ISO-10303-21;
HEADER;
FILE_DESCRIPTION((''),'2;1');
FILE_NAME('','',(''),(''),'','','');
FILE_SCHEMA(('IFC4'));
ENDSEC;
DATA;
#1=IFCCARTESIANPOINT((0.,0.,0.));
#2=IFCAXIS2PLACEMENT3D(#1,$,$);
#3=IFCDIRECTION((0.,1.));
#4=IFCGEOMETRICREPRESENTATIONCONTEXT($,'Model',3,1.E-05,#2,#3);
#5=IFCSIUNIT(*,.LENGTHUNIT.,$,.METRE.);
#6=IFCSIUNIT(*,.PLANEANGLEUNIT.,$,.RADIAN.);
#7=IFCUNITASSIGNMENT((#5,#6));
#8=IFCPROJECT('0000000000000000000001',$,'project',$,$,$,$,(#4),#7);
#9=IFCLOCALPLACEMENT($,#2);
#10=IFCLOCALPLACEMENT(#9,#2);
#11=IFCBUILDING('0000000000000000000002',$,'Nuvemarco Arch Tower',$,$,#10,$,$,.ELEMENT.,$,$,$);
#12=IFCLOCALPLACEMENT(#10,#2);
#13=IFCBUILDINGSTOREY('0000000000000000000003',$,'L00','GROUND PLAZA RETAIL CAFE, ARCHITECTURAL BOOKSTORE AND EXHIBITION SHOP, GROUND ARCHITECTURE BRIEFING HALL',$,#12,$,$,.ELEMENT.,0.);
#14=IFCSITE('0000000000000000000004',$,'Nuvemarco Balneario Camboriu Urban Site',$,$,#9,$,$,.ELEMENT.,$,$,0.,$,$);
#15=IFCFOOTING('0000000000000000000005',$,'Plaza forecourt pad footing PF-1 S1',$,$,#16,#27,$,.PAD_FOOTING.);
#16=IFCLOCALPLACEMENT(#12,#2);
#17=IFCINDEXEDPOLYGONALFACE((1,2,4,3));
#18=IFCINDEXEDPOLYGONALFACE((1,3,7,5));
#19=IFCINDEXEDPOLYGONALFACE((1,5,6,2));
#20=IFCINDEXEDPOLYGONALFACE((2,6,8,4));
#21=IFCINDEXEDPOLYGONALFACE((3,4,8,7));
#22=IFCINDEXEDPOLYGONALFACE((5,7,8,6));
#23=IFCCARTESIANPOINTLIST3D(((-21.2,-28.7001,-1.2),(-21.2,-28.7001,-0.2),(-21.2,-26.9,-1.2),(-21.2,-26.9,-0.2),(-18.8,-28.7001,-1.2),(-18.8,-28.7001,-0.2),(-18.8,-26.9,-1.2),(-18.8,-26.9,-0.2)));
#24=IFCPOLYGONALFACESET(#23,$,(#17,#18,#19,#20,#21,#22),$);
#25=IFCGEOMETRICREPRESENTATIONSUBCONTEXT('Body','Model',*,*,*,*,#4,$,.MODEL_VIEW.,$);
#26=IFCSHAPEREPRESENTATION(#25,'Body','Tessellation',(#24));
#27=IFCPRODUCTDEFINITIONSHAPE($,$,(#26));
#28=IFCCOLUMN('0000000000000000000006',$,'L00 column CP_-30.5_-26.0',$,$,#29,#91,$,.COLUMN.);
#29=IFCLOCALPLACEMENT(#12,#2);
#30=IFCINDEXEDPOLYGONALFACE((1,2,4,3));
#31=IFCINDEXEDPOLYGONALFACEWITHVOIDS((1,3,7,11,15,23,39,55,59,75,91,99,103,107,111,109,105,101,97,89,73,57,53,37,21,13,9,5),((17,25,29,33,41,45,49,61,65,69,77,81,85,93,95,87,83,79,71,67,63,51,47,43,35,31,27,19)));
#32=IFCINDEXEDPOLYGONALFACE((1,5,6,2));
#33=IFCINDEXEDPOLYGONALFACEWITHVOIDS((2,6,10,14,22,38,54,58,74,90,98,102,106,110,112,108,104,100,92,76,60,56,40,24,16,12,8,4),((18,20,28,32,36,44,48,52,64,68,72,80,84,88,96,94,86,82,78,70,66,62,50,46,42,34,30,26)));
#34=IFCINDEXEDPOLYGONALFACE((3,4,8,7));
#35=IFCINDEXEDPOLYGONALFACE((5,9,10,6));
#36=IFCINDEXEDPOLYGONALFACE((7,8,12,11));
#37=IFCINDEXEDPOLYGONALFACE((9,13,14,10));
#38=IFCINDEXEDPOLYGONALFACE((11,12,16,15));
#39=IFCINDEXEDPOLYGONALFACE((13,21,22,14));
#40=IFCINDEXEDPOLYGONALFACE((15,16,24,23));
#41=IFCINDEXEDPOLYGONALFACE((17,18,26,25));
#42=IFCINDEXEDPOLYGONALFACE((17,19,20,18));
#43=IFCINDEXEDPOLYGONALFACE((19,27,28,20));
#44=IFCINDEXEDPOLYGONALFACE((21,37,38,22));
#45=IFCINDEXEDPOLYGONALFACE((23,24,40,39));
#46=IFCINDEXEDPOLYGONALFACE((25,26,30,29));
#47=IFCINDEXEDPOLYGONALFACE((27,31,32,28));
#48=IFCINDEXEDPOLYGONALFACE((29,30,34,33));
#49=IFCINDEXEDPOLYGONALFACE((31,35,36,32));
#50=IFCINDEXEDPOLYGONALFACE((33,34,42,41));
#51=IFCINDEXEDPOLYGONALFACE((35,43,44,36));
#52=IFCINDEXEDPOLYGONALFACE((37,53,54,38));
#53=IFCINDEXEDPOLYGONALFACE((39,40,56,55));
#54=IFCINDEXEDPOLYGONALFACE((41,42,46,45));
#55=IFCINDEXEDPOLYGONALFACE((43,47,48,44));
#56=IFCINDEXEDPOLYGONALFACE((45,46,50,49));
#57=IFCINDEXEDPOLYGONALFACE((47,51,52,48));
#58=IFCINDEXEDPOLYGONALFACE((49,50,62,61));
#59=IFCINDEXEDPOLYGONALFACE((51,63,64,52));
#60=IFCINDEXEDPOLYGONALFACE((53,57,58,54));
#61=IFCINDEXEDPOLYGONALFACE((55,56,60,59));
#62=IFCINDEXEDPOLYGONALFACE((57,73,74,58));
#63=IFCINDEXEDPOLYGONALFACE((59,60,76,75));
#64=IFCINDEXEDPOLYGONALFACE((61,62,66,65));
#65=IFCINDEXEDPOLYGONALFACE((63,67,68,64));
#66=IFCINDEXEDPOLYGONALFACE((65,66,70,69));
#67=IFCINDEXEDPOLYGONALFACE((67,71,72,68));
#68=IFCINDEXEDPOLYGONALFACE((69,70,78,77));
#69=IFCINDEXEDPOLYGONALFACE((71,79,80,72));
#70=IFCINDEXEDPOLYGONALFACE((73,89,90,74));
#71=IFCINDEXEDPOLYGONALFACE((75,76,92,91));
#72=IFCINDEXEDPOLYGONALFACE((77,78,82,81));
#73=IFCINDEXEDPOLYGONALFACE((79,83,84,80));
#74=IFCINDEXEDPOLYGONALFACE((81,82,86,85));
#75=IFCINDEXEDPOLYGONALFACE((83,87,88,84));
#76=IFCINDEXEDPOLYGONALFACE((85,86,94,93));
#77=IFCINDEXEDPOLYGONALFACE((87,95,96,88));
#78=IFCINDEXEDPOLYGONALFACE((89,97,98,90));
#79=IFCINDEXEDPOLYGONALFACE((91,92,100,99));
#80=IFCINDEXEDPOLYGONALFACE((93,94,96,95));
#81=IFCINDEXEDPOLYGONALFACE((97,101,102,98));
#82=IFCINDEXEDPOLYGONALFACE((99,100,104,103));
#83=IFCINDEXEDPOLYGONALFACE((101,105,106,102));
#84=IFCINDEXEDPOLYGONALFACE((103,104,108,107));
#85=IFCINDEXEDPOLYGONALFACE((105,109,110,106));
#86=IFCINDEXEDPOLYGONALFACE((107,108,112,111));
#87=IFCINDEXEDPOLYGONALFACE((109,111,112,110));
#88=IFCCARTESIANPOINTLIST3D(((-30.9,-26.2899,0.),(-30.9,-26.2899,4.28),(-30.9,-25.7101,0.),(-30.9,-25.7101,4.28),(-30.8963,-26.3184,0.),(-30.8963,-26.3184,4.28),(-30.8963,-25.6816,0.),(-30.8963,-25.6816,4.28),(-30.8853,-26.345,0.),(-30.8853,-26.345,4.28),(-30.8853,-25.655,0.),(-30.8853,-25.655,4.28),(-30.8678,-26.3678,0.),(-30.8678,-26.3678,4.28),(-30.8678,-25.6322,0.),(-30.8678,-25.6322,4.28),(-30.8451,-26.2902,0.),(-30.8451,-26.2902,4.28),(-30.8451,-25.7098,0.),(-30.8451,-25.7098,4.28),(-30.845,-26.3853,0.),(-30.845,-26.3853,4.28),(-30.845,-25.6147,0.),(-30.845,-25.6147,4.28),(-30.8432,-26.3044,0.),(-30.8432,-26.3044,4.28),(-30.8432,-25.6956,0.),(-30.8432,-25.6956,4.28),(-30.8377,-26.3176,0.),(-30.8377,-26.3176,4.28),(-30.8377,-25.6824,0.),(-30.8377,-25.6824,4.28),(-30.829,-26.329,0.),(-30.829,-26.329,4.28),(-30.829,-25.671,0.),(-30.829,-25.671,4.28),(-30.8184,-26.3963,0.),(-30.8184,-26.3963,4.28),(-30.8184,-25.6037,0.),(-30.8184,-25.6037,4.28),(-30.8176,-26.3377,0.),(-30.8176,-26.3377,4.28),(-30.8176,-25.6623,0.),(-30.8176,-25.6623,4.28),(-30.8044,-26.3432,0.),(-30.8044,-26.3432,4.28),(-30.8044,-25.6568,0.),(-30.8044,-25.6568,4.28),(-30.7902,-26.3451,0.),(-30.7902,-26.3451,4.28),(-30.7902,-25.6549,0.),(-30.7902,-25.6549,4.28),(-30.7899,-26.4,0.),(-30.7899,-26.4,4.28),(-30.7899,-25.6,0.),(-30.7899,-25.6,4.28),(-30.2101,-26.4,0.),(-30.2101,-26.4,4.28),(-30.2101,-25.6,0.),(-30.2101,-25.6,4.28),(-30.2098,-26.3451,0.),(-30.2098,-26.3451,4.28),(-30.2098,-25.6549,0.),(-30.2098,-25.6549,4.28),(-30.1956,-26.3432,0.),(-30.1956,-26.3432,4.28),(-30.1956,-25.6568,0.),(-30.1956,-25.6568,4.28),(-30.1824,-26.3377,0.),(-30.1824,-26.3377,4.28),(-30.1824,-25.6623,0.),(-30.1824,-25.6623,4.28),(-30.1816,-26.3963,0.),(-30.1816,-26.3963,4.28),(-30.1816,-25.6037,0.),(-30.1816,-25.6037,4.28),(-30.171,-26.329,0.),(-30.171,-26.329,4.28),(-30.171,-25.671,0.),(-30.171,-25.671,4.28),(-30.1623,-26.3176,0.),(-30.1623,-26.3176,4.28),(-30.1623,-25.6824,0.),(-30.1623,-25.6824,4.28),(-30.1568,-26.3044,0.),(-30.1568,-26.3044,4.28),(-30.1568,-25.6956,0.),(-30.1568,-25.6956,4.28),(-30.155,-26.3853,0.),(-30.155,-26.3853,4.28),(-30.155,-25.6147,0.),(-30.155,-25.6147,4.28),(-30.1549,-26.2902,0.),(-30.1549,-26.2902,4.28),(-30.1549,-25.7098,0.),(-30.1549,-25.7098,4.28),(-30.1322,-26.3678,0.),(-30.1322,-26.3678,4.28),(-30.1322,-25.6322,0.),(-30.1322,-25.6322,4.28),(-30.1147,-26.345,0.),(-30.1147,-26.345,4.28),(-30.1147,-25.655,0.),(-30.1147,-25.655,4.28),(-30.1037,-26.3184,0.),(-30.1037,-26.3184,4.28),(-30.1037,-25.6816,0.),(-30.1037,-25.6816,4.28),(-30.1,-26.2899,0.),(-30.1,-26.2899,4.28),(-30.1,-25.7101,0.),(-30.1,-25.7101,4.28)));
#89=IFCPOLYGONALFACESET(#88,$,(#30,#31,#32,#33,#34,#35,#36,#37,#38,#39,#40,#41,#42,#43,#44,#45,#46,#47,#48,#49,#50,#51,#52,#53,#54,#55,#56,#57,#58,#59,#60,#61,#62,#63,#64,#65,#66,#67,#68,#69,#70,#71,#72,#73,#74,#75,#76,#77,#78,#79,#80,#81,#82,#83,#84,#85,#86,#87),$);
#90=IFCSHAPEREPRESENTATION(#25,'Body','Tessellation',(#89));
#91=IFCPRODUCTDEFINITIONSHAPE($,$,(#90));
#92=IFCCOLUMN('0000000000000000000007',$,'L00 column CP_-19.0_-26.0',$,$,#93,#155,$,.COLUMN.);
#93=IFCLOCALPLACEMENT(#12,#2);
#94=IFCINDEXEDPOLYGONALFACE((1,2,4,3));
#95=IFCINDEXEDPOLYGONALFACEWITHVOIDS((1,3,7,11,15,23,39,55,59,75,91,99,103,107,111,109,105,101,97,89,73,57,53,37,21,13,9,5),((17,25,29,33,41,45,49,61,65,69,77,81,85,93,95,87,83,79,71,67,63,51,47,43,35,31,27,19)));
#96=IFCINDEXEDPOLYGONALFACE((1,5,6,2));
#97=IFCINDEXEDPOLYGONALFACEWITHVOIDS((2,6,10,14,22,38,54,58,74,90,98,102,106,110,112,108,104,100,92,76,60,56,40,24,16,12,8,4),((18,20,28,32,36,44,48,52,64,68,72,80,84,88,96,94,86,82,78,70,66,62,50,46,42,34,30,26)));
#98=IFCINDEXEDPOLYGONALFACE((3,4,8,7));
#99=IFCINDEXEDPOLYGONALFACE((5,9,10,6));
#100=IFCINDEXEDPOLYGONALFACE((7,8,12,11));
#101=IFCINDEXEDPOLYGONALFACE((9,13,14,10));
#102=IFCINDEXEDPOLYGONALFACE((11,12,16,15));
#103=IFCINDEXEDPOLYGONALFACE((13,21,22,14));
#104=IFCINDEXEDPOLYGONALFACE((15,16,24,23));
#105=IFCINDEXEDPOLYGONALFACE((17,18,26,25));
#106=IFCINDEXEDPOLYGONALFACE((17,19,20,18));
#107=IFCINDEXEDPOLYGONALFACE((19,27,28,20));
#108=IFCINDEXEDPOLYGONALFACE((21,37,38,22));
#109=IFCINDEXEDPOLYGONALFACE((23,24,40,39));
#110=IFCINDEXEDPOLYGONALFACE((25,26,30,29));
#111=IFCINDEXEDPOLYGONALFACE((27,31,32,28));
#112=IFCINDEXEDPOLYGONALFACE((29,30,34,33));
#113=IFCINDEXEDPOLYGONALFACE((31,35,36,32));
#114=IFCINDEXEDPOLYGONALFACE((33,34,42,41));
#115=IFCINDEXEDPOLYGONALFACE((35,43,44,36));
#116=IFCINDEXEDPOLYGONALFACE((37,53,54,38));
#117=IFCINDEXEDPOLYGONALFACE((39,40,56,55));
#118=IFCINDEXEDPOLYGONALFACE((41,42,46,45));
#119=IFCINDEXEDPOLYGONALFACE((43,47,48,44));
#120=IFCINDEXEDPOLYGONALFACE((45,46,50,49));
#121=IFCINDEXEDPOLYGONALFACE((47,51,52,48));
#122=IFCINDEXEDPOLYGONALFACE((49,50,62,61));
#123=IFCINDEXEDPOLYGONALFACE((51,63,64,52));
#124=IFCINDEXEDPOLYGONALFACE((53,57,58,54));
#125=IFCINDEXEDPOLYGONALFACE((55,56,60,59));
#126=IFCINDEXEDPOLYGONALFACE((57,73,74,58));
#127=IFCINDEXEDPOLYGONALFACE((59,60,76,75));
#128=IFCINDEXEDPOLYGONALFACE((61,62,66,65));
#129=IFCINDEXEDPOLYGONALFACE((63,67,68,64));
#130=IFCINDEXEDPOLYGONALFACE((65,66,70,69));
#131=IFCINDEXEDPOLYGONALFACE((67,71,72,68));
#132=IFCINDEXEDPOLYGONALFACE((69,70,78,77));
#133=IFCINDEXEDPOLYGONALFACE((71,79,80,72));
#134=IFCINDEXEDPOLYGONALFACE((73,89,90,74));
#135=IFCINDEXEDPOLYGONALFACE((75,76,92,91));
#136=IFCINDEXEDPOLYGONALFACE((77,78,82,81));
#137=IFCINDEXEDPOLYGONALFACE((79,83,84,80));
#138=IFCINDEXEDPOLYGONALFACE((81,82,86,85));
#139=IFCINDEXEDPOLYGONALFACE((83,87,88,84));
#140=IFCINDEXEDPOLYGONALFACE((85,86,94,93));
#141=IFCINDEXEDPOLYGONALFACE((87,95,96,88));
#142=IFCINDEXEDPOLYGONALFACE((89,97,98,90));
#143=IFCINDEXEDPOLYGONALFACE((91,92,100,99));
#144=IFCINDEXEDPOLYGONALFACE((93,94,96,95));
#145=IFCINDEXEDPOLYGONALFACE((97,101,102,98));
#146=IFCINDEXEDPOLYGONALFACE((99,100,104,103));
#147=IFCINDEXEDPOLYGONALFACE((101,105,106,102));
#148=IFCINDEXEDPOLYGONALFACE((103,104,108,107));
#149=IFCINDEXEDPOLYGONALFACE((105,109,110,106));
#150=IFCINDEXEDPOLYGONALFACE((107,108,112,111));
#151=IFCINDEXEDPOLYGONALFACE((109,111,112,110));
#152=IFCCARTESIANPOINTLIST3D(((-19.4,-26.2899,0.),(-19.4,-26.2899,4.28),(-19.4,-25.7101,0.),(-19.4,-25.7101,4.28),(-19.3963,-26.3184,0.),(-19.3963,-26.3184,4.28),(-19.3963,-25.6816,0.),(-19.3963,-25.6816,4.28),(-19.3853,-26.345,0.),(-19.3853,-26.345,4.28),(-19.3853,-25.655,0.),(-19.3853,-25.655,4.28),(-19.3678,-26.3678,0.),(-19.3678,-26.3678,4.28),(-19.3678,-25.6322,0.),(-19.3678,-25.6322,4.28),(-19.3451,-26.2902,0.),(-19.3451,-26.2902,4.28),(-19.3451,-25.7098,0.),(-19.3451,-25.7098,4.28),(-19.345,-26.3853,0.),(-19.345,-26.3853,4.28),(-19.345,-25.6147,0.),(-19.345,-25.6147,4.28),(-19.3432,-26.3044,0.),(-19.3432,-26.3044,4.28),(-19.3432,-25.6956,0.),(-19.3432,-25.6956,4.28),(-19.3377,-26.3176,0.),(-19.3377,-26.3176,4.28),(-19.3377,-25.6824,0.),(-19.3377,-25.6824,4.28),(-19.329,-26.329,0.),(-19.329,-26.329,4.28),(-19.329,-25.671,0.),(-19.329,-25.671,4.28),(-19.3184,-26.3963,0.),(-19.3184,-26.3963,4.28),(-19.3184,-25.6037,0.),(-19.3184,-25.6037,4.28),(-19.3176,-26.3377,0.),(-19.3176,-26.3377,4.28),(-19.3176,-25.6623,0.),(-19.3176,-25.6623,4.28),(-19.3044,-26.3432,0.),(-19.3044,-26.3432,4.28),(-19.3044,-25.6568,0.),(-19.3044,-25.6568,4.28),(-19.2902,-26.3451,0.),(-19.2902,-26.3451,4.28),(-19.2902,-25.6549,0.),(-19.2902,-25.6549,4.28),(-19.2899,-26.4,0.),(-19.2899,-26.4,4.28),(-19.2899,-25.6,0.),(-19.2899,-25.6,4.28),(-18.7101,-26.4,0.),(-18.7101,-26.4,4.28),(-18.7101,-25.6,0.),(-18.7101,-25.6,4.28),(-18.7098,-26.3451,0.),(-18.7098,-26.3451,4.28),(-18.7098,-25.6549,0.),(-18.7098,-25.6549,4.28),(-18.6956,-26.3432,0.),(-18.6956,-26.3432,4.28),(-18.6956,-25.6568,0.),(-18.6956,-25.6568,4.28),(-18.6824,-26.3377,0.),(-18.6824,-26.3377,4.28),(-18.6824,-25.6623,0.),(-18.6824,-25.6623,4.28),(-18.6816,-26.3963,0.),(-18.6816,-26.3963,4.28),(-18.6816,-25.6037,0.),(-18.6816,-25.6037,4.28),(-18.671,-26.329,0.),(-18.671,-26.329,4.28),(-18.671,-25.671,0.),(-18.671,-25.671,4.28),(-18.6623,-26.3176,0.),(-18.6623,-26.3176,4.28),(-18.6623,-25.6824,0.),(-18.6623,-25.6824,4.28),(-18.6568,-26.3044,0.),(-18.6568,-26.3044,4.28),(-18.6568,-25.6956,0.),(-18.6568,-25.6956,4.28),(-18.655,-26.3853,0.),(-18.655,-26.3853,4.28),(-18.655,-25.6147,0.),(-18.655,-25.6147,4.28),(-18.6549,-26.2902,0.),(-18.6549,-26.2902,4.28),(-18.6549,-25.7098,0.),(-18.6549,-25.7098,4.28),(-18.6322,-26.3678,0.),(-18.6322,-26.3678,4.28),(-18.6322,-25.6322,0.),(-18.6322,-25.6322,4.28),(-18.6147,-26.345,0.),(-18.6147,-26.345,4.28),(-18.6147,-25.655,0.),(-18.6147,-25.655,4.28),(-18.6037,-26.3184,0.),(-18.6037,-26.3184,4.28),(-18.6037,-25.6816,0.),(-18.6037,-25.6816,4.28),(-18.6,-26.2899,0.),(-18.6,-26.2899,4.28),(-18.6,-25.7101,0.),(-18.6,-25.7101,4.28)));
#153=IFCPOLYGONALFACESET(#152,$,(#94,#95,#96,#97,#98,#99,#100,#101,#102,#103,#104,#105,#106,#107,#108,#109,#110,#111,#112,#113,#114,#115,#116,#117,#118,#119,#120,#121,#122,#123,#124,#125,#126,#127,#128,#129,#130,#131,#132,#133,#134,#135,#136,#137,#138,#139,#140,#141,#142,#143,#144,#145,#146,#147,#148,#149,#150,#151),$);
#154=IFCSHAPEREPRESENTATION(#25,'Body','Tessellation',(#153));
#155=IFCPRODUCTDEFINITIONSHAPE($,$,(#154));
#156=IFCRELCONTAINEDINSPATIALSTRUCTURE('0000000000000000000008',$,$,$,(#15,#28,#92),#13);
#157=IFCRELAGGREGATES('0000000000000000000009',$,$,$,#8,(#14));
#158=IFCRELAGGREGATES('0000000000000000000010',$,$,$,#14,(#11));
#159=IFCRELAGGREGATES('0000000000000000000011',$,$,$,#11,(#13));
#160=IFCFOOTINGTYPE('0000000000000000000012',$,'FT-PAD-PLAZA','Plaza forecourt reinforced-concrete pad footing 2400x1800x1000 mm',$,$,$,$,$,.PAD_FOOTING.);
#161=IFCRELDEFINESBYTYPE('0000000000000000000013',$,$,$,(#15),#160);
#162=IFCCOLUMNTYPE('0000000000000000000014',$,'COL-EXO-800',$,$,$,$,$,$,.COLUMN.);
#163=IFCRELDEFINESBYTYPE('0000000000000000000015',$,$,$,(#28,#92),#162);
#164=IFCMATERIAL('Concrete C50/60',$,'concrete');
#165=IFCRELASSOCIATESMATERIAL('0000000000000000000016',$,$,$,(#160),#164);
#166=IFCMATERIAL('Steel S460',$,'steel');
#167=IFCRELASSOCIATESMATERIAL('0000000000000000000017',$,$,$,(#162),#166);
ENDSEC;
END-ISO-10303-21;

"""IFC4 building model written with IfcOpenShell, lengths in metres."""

from ifc_helpers import new_model, si_unit, direction, frame, origin, origin_2d, place, context, subcontext, project, spatial, rectangle, hollow_rectangle, extrude, source, transform, mapped, material, material_profile, profile_set, type_object, type_shapes, element, save


model = new_model("IFC4")

# Units and contexts
model_context = context("Model", 3, precision=1e-05, world=origin(), true_north=direction((0.0, 1.0)))
body_context = subcontext(model_context, "Body", "Model", "MODEL_VIEW")
ifc_project = project(units=[si_unit("LENGTHUNIT", "METRE"), si_unit("PLANEANGLEUNIT", "RADIAN")], contexts=[model_context])

# Site, building, storey
site_placement = place(None, origin())
site = spatial("IfcSite", under=ifc_project, at=site_placement, Name="Nuvemarco Balneario Camboriu Urban Site", CompositionType="ELEMENT", RefElevation=0.0)
building_placement = place(site_placement, origin())
building = spatial("IfcBuilding", under=site, at=building_placement, Name="Nuvemarco Arch Tower", CompositionType="ELEMENT")
storey_placement = place(building_placement, origin())
storey = spatial("IfcBuildingStorey", under=building, at=storey_placement, Name="L00", Description="GROUND PLAZA RETAIL CAFE, ARCHITECTURAL BOOKSTORE AND EXHIBITION SHOP, GROUND ARCHITECTURE BRIEFING HALL", CompositionType="ELEMENT", Elevation=0.0)

# Footing
ifc_material_1 = material(Name="Concrete C50/60", Category="concrete")
footing_type = type_object("IfcFootingType", Name="FT-PAD-PLAZA", Description="Plaza forecourt reinforced-concrete pad footing 2400x1800x1000 mm", PredefinedType="PAD_FOOTING", material=ifc_material_1)
shared_shape_1 = source(origin(), body_context, "Body", "SweptSolid", [
    extrude(rectangle(XDim=2.3999, YDim=1.8, at=origin_2d()), origin(), (0.0, 0.0, 1.0), 1.0),
])
type_shapes(footing_type, [shared_shape_1])
footing_placement = place(storey_placement, frame((-20.0, -27.8, -1.2), z_axis=(0.0, 0.0, 1.0), x_axis=(1.0, 0.0, 0.0)))
element("IfcFooting", 1, at=footing_placement, inside=storey, type_object=footing_type, Name="Plaza forecourt pad footing PF-1 S1", PredefinedType="PAD_FOOTING", context=body_context, shape_type="MappedRepresentation", body=[
    mapped(shared_shape_1, transform((0.0, 0.0, 0.0), scale=1.0)),
])

# Columns
ifc_material_2 = material(Name="Steel S460", Category="steel")
ifc_material_profile_1 = material_profile(ifc_material_2, hollow_rectangle(XDim=0.8, YDim=0.8, WallThickness=0.0549, InnerFilletRadius=0.0549, OuterFilletRadius=0.1101, at=origin_2d()), Name="SHS800x800x55")
ifc_profile_set_1 = profile_set([ifc_material_profile_1], Name="Steel S460")
column_type = type_object("IfcColumnType", Name="COL-EXO-800", PredefinedType="COLUMN", material=ifc_profile_set_1)
for number, where, z_axis, x_axis, name in (
    (2, (-30.5, -26.0, 0.0), (0.0, 0.0, 1.0), (1.0, 0.0, 0.0), "L00 column CP_-30.5_-26.0"),
    (3, (-19.0, -26.0, 0.0), (0.0, 0.0, 1.0), (1.0, 0.0, 0.0), "L00 column CP_-19.0_-26.0"),
):
    element("IfcColumn", number, at=place(storey_placement, frame(where, z_axis=z_axis, x_axis=x_axis)), inside=storey, type_object=column_type, Name=name, PredefinedType="COLUMN", context=body_context, shape_type="SweptSolid", body=[
        extrude(hollow_rectangle(XDim=0.8, YDim=0.8, WallThickness=0.0549, InnerFilletRadius=0.0549, OuterFilletRadius=0.1101, at=origin_2d()), origin(), (0.0, 0.0, 1.0), 4.28),
    ])

save(model, "model.ifc")
